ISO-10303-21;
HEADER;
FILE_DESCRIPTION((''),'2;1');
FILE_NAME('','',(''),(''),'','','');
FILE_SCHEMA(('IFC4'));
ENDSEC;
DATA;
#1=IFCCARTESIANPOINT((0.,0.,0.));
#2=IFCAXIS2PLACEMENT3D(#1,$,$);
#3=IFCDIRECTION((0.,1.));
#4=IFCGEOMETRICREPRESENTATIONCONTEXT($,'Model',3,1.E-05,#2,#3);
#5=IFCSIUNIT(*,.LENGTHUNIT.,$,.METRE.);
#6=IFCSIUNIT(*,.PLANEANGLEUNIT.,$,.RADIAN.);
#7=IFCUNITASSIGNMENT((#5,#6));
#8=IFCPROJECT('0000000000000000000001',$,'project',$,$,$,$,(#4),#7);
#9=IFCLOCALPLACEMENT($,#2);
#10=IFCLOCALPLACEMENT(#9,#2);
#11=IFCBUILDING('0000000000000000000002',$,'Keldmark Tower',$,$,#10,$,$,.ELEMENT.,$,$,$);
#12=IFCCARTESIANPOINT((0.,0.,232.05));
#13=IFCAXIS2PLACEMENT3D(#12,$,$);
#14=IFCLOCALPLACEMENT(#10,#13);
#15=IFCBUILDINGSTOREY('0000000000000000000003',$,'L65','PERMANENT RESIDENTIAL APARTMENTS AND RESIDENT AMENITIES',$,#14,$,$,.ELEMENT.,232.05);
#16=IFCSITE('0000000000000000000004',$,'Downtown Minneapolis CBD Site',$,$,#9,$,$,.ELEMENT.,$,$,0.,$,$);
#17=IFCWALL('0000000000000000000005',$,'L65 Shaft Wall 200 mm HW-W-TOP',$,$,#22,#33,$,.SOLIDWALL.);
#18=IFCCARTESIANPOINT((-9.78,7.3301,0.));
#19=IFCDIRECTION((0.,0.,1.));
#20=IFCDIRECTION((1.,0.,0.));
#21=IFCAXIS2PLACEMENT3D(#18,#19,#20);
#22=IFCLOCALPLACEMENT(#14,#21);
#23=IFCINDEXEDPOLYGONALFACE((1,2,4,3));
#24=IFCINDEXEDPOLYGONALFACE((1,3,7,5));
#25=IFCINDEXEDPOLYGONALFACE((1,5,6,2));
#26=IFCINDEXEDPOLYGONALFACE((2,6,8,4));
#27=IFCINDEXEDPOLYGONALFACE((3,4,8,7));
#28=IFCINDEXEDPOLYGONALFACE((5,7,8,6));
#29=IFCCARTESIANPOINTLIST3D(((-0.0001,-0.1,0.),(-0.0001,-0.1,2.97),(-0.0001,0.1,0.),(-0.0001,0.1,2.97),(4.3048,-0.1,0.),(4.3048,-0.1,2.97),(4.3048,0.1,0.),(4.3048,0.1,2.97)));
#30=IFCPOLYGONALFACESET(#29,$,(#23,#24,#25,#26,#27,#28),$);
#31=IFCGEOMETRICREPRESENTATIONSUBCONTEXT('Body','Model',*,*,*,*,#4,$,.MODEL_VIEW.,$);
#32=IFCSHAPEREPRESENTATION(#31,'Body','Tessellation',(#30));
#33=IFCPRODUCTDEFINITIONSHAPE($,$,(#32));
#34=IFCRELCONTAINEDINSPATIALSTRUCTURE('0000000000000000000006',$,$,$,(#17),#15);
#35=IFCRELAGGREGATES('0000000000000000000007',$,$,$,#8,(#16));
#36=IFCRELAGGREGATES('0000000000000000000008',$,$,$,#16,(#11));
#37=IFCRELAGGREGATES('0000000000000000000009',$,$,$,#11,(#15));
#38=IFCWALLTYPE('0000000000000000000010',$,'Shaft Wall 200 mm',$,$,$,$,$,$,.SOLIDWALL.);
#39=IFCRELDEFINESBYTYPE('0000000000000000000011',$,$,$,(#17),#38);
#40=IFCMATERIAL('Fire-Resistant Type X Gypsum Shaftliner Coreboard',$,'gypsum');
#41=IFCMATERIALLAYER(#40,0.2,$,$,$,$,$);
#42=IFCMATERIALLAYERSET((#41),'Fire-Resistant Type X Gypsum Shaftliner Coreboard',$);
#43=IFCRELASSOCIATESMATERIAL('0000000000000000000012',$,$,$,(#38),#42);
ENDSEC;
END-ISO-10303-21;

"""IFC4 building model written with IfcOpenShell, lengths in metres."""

from ifc_helpers import new_model, si_unit, direction, frame, frame_2d, origin, place, context, subcontext, project, spatial, rectangle, extrude, material, layer, layer_set, type_object, element, save


model = new_model("IFC4")

# Units and contexts
model_context = context("Model", 3, precision=1e-05, world=origin(), true_north=direction((0.0, 1.0)))
body_context = subcontext(model_context, "Body", "Model", "MODEL_VIEW")
ifc_project = project(units=[si_unit("LENGTHUNIT", "METRE"), si_unit("PLANEANGLEUNIT", "RADIAN")], contexts=[model_context])

# Site, building, storey
site_placement = place(None, origin())
site = spatial("IfcSite", under=ifc_project, at=site_placement, Name="Downtown Minneapolis CBD Site", CompositionType="ELEMENT", RefElevation=0.0)
building_placement = place(site_placement, origin())
building = spatial("IfcBuilding", under=site, at=building_placement, Name="Keldmark Tower", CompositionType="ELEMENT")
storey_placement = place(building_placement, frame((0.0, 0.0, 232.05)))
storey = spatial("IfcBuildingStorey", under=building, at=storey_placement, Name="L65", Description="PERMANENT RESIDENTIAL APARTMENTS AND RESIDENT AMENITIES", CompositionType="ELEMENT", Elevation=232.05)

# Shared definitions
ifc_material_1 = material(Name="Fire-Resistant Type X Gypsum Shaftliner Coreboard", Category="gypsum")
ifc_layer_1 = layer(ifc_material_1, 0.2)
ifc_layer_set_1 = layer_set([ifc_layer_1], Name="Fire-Resistant Type X Gypsum Shaftliner Coreboard")
wall_type_1 = type_object("IfcWallType", Name="Shaft Wall 200 mm", PredefinedType="SOLIDWALL", material=ifc_layer_set_1)

# Wall
wall_1_placement = place(storey_placement, frame((-9.78, 7.3301, 0.0), z_axis=(0.0, 0.0, 1.0), x_axis=(1.0, 0.0, 0.0)))
element("IfcWall", 1, at=wall_1_placement, inside=storey, type_object=wall_type_1, Name="L65 Shaft Wall 200 mm HW-W-TOP", PredefinedType="SOLIDWALL", context=body_context, shape_type="SweptSolid", body=[
    extrude(rectangle(XDim=4.3049, YDim=0.2, at=frame_2d((2.1523, 0.0))), origin(), (0.0, 0.0, 1.0), 2.97),
])

save(model, "model.ifc")
